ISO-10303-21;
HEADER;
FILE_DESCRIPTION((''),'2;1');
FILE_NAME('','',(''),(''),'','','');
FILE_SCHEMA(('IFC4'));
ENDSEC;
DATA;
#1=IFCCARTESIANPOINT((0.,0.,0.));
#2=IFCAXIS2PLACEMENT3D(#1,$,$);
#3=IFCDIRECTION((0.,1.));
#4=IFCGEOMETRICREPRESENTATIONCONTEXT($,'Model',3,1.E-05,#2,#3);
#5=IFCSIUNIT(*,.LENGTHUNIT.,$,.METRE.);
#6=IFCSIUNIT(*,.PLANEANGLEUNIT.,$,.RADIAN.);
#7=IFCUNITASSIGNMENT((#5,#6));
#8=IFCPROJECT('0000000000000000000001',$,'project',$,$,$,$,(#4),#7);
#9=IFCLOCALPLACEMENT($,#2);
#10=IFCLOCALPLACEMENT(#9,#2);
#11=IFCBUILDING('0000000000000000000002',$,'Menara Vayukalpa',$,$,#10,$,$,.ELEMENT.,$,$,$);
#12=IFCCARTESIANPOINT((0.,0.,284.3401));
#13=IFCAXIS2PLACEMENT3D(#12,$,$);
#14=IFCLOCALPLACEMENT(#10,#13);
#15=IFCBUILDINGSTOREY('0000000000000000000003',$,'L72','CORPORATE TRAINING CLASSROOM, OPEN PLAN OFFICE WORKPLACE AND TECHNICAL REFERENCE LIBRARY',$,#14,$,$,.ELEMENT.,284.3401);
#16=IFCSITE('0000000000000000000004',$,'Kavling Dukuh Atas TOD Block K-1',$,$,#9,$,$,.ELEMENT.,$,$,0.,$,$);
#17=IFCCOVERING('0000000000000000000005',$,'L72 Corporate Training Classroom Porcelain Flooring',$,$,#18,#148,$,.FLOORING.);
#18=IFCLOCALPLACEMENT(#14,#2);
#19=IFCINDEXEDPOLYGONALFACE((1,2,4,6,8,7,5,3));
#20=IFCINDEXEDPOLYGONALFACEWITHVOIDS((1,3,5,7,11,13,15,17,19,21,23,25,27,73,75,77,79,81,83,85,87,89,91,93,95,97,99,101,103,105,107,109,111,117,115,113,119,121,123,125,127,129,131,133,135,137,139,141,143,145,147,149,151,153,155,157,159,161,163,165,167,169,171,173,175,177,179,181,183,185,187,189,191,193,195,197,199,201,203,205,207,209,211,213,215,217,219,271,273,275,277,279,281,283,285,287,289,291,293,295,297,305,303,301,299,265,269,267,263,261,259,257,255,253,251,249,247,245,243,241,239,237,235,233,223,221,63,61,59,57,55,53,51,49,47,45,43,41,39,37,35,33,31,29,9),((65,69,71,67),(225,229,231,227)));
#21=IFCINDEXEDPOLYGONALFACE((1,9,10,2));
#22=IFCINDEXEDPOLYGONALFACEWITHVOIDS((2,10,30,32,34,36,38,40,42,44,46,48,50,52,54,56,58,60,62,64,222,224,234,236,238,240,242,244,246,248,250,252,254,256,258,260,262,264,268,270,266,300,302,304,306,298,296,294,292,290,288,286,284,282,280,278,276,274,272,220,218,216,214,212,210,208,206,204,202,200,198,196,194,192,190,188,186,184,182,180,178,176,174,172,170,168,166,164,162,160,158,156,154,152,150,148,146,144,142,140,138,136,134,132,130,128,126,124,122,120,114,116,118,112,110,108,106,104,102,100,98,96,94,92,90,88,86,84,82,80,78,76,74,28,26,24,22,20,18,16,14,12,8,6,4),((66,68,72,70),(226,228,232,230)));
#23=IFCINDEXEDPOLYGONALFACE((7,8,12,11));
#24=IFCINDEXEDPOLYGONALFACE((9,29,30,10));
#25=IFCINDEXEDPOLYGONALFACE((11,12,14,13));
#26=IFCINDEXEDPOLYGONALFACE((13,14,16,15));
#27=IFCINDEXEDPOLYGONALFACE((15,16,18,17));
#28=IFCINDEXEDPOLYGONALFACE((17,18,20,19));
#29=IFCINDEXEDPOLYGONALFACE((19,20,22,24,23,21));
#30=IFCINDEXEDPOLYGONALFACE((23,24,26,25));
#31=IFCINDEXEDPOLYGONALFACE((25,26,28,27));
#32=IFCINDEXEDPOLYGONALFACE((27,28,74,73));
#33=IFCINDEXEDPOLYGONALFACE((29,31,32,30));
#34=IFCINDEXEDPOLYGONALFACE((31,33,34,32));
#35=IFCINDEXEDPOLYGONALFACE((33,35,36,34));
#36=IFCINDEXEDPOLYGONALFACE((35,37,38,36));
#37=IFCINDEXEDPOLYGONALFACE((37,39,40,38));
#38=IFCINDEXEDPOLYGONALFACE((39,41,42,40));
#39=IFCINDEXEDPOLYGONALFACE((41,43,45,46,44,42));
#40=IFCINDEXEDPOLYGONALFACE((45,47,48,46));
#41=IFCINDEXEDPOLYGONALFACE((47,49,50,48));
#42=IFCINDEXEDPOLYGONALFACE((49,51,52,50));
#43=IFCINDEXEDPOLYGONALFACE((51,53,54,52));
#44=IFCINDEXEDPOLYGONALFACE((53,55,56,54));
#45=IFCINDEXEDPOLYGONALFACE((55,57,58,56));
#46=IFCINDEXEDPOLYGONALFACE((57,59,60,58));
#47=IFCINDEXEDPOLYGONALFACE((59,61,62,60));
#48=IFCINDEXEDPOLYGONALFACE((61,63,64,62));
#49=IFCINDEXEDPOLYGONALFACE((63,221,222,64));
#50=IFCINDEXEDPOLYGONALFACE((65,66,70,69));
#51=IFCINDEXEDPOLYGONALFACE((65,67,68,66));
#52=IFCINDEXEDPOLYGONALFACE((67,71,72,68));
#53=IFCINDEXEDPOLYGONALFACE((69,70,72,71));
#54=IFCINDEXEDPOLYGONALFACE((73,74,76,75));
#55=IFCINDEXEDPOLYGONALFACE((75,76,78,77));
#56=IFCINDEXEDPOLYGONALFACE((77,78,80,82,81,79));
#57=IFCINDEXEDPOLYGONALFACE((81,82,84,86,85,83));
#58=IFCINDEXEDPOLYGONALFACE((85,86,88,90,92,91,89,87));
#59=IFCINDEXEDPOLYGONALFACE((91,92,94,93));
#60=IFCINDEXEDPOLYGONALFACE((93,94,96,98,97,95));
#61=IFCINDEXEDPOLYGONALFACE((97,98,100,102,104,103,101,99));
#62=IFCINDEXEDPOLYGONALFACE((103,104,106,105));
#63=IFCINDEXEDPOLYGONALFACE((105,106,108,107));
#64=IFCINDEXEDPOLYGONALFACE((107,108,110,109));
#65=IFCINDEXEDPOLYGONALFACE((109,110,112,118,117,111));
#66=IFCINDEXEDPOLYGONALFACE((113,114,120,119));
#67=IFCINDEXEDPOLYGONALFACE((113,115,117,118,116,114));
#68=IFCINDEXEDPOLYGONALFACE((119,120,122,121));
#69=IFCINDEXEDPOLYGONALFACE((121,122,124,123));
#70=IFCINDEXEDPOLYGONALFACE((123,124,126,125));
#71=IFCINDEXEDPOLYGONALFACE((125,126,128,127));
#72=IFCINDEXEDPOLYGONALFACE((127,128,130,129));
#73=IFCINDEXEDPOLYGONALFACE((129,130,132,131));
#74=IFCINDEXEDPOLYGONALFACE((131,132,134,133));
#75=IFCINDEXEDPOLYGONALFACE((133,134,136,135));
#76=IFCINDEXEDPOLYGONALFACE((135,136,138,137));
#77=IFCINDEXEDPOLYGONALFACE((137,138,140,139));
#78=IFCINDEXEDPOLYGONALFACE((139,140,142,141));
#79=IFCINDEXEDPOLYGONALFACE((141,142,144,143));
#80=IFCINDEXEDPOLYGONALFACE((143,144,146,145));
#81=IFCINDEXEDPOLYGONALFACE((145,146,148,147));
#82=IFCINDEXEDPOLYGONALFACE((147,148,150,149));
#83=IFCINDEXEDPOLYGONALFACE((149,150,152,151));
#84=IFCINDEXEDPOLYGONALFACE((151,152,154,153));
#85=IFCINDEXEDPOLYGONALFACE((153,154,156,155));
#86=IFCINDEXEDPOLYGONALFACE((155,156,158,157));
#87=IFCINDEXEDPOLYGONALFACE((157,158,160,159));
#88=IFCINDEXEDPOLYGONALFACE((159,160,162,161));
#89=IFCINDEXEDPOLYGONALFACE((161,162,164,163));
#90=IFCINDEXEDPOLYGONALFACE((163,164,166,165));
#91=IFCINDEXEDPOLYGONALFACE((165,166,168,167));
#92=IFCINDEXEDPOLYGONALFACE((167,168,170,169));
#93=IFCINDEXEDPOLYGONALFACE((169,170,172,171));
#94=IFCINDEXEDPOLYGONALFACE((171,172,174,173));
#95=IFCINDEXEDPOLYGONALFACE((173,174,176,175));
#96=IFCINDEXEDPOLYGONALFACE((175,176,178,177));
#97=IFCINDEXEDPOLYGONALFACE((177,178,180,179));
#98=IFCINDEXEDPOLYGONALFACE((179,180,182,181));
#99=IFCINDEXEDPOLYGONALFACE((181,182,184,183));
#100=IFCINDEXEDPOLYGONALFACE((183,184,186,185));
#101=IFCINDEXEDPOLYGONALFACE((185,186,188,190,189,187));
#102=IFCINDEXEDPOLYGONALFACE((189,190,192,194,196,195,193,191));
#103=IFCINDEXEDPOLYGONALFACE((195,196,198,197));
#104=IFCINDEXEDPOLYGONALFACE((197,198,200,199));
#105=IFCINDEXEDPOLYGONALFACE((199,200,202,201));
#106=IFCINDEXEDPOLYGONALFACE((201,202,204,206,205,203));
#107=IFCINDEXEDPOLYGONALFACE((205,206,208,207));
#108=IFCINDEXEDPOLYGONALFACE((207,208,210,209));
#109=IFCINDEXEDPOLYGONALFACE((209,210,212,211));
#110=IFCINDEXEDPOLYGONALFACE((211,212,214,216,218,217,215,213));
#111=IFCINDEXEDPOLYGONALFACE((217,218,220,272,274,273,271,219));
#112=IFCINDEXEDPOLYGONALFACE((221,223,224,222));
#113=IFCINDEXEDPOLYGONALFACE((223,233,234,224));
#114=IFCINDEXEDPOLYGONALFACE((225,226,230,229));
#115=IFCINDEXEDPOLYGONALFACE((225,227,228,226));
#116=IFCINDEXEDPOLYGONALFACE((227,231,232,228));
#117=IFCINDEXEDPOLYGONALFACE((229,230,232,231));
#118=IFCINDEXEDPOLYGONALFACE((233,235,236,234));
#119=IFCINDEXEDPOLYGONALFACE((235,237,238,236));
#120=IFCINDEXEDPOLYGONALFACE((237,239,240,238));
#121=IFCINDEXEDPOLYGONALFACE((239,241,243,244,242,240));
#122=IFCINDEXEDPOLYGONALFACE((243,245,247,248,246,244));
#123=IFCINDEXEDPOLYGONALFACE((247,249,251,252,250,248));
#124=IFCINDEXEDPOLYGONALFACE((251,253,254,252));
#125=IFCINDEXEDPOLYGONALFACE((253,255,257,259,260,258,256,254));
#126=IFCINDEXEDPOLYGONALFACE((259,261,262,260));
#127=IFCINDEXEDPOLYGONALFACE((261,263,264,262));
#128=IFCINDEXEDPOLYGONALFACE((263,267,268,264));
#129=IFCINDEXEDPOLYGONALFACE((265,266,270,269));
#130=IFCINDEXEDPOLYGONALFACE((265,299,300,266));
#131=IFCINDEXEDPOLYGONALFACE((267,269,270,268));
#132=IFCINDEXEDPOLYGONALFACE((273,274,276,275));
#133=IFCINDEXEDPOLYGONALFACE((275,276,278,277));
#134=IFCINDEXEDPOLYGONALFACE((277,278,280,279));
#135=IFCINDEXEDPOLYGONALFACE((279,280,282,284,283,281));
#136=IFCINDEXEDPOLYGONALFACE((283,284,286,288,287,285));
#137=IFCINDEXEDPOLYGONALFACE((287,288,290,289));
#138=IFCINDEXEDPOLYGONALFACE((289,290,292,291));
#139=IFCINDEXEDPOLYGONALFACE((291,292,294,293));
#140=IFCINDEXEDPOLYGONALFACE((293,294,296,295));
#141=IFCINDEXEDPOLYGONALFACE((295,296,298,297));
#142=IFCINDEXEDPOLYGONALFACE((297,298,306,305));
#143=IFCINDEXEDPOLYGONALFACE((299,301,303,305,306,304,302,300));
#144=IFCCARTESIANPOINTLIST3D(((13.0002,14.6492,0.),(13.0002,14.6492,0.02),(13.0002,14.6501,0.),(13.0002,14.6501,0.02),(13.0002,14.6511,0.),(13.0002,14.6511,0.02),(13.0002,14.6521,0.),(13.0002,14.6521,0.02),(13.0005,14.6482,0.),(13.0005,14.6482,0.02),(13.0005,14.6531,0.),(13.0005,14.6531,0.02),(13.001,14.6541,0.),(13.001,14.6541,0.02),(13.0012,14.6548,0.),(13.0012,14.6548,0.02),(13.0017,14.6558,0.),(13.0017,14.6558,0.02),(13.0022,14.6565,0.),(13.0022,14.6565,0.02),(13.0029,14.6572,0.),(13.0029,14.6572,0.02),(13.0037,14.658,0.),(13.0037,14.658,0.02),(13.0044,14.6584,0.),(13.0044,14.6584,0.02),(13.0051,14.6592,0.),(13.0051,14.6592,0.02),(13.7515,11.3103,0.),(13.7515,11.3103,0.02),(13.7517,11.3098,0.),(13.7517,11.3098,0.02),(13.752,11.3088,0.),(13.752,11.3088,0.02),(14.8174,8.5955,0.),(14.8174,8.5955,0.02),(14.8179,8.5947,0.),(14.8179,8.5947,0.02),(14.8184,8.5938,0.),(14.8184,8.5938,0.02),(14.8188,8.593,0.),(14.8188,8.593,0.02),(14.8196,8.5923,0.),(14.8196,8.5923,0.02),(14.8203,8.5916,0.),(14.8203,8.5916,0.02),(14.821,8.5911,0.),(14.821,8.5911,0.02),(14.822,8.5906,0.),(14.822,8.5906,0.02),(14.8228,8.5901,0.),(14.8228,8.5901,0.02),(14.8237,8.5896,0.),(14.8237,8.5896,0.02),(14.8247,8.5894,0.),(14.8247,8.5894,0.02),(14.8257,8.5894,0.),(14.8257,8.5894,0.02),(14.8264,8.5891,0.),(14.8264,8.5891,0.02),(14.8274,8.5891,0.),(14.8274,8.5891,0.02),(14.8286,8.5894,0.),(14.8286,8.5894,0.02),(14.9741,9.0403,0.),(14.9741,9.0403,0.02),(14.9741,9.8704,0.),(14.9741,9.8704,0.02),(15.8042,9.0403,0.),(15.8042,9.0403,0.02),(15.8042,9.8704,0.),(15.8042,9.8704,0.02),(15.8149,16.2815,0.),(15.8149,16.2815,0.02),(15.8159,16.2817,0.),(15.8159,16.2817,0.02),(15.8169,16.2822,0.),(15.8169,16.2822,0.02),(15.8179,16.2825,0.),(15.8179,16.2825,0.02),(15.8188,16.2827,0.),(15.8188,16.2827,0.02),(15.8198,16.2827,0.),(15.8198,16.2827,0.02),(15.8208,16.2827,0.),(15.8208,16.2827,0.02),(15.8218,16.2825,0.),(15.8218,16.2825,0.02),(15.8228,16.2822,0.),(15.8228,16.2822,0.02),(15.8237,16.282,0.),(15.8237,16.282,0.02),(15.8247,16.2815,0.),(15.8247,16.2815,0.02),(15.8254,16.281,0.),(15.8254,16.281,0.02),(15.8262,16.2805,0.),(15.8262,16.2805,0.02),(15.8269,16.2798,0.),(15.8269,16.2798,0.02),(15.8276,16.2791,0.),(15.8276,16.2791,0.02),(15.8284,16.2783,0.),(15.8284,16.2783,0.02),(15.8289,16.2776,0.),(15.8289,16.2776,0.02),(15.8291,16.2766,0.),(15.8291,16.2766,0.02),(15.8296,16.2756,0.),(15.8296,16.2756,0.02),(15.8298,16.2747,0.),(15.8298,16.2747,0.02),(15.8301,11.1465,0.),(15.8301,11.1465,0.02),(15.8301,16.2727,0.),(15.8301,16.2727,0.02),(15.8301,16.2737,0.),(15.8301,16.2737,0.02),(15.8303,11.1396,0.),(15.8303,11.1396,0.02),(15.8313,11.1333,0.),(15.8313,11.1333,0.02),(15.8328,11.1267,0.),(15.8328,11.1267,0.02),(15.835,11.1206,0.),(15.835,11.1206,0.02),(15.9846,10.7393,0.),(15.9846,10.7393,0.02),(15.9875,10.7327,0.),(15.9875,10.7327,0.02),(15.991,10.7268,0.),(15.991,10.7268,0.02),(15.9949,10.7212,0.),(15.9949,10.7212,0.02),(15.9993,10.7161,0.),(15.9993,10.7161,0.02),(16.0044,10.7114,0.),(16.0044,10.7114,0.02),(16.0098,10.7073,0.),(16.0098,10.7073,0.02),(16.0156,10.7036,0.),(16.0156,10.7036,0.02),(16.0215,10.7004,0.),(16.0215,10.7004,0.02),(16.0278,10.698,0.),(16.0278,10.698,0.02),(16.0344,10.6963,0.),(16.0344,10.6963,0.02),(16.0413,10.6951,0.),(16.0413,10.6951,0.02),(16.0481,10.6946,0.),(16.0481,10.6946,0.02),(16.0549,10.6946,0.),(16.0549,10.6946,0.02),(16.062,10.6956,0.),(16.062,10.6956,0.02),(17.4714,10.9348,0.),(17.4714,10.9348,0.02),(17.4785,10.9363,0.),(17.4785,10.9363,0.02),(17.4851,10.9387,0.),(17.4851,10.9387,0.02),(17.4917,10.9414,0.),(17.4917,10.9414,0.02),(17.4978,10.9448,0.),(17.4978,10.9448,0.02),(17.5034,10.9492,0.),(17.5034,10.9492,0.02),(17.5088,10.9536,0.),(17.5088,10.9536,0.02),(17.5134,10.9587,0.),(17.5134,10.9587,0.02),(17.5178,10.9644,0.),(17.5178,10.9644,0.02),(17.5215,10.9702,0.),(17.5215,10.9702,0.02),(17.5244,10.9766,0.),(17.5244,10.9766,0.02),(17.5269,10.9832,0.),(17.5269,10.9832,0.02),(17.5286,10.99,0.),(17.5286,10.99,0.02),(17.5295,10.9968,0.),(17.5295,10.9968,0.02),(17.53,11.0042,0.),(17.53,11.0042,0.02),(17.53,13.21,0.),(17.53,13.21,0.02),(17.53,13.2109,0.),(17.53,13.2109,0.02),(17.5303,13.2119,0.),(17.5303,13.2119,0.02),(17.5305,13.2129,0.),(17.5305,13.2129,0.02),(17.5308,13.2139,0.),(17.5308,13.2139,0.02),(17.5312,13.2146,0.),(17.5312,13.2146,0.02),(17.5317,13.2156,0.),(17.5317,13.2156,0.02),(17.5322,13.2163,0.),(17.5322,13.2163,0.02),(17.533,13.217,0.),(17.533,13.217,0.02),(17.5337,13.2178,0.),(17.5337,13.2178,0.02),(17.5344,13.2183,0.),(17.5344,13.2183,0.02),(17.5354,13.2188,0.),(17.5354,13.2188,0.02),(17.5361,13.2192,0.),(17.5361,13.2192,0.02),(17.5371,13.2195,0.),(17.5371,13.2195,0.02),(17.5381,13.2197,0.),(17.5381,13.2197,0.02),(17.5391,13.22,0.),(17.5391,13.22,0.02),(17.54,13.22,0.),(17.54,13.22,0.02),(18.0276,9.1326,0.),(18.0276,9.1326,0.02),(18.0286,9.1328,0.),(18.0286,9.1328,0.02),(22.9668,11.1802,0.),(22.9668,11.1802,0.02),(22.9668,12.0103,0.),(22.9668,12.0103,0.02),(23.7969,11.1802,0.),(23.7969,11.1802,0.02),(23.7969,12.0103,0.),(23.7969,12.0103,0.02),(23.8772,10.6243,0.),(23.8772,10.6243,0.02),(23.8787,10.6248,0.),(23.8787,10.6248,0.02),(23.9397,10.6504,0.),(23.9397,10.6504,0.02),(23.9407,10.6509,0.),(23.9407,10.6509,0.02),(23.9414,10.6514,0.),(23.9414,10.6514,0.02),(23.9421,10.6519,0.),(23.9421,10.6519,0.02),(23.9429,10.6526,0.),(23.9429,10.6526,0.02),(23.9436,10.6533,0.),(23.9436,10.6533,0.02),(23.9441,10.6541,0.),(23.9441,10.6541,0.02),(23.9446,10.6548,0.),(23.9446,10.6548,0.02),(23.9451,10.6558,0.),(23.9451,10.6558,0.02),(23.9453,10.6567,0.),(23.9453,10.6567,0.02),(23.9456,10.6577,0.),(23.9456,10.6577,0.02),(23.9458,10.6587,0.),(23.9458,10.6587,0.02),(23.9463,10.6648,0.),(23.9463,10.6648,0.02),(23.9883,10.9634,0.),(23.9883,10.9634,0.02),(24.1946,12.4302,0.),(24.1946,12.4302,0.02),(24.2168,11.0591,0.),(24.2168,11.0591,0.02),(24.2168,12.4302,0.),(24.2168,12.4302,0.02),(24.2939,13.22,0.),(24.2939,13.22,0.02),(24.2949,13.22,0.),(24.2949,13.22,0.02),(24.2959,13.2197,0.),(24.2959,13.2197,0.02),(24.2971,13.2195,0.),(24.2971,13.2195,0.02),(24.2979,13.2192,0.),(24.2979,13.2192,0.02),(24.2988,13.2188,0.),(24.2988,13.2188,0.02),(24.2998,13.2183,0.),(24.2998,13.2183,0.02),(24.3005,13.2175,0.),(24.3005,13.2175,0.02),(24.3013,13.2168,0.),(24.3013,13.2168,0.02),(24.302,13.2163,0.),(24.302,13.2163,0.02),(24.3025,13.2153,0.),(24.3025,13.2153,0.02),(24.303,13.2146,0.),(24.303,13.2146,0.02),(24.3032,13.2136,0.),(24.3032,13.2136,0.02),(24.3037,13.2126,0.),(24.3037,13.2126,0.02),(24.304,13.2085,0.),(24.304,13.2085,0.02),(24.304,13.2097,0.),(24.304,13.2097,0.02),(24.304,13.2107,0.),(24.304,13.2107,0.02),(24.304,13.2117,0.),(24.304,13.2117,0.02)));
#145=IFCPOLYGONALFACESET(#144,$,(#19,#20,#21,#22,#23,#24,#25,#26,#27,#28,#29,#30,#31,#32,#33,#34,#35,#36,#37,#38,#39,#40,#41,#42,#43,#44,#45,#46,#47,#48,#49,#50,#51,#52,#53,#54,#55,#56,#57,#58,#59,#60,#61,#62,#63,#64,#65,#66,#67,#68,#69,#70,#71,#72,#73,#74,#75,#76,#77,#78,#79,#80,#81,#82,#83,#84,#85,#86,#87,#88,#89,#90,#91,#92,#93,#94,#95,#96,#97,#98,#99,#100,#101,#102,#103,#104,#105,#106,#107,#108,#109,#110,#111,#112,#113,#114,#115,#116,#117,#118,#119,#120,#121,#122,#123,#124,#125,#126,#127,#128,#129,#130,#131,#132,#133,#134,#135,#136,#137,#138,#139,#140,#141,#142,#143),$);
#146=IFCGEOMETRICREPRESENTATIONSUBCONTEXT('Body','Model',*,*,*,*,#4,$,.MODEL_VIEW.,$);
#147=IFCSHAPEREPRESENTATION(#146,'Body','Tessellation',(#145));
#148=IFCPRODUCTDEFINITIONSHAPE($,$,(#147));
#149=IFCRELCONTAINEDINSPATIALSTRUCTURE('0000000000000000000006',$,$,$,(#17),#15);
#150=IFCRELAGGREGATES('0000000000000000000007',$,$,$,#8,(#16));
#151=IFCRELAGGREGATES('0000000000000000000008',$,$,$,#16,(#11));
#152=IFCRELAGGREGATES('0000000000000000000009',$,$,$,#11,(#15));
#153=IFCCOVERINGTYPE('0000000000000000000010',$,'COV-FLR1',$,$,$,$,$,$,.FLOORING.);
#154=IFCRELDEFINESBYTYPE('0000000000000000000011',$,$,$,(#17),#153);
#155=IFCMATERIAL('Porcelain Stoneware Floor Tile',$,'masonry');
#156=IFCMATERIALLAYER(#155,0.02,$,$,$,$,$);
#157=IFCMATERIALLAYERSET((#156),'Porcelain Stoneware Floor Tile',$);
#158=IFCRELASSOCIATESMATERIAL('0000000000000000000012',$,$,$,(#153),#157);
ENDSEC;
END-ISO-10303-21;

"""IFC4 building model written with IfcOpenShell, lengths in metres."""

from ifc_helpers import new_model, si_unit, direction, frame, origin, place, context, subcontext, project, spatial, polyline, outline, extrude, material, layer, layer_set, type_object, element, save


model = new_model("IFC4")

# Units and contexts
model_context = context("Model", 3, precision=1e-05, world=origin(), true_north=direction((0.0, 1.0)))
body_context = subcontext(model_context, "Body", "Model", "MODEL_VIEW")
ifc_project = project(units=[si_unit("LENGTHUNIT", "METRE"), si_unit("PLANEANGLEUNIT", "RADIAN")], contexts=[model_context])

# Site, building, storey
site_placement = place(None, origin())
site = spatial("IfcSite", under=ifc_project, at=site_placement, Name="Kavling Dukuh Atas TOD Block K-1", CompositionType="ELEMENT", RefElevation=0.0)
building_placement = place(site_placement, origin())
building = spatial("IfcBuilding", under=site, at=building_placement, Name="Menara Vayukalpa", CompositionType="ELEMENT")
storey_placement = place(building_placement, frame((0.0, 0.0, 284.3401)))
storey = spatial("IfcBuildingStorey", under=building, at=storey_placement, Name="L72", Description="CORPORATE TRAINING CLASSROOM, OPEN PLAN OFFICE WORKPLACE AND TECHNICAL REFERENCE LIBRARY", CompositionType="ELEMENT", Elevation=284.3401)

# Covering
ifc_material_1 = material(Name="Porcelain Stoneware Floor Tile", Category="masonry")
ifc_layer_1 = layer(ifc_material_1, 0.02)
ifc_layer_set_1 = layer_set([ifc_layer_1], Name="Porcelain Stoneware Floor Tile")
covering_type_1 = type_object("IfcCoveringType", Name="COV-FLR1", PredefinedType="FLOORING", material=ifc_layer_set_1)
covering_1_placement = place(storey_placement, origin())
element("IfcCovering", 1, at=covering_1_placement, inside=storey, type_object=covering_type_1, Name="L72 Corporate Training Classroom Porcelain Flooring", PredefinedType="FLOORING", context=body_context, shape_type="SweptSolid", body=[
    extrude(outline(polyline([(23.9883, 10.9634), (23.9463, 10.6648), (23.9458, 10.6587), (23.9456, 10.6577), (23.9453, 10.6567), (23.9451, 10.6558), (23.9446, 10.6548), (23.9441, 10.6541), (23.9436, 10.6533), (23.9429, 10.6526), (23.9421, 10.6519), (23.9414, 10.6514), (23.9407, 10.6509), (23.9397, 10.6504), (23.8787, 10.6248), (23.8772, 10.6243), (18.0286, 9.1328), (18.0276, 9.1326), (14.8286, 8.5894), (14.8274, 8.5891), (14.8264, 8.5891), (14.8257, 8.5894), (14.8247, 8.5894), (14.8237, 8.5896), (14.8228, 8.5901), (14.822, 8.5906), (14.821, 8.5911), (14.8203, 8.5916), (14.8196, 8.5923), (14.8188, 8.593), (14.8184, 8.5938), (14.8179, 8.5947), (14.8174, 8.5955), (13.752, 11.3088), (13.7517, 11.3098), (13.7515, 11.3103), (13.0005, 14.6482), (13.0002, 14.6492), (13.0002, 14.6501), (13.0002, 14.6511), (13.0002, 14.6521), (13.0005, 14.6531), (13.001, 14.6541), (13.0012, 14.6548), (13.0017, 14.6558), (13.0022, 14.6565), (13.0029, 14.6572), (13.0037, 14.658), (13.0044, 14.6584), (13.0051, 14.6592), (15.8149, 16.2815), (15.8159, 16.2817), (15.8169, 16.2822), (15.8179, 16.2825), (15.8188, 16.2827), (15.8198, 16.2827), (15.8208, 16.2827), (15.8218, 16.2825), (15.8228, 16.2822), (15.8237, 16.282), (15.8247, 16.2815), (15.8254, 16.281), (15.8262, 16.2805), (15.8269, 16.2798), (15.8276, 16.2791), (15.8284, 16.2783), (15.8289, 16.2776), (15.8291, 16.2766), (15.8296, 16.2756), (15.8298, 16.2747), (15.8301, 16.2737), (15.8301, 16.2727), (15.8301, 11.1465), (15.8303, 11.1396), (15.8313, 11.1333), (15.8328, 11.1267), (15.835, 11.1206), (15.9846, 10.7393), (15.9875, 10.7327), (15.991, 10.7268), (15.9949, 10.7212), (15.9993, 10.7161), (16.0044, 10.7114), (16.0098, 10.7073), (16.0156, 10.7036), (16.0215, 10.7004), (16.0278, 10.698), (16.0344, 10.6963), (16.0413, 10.6951), (16.0481, 10.6946), (16.0549, 10.6946), (16.062, 10.6956), (17.4714, 10.9348), (17.4785, 10.9363), (17.4851, 10.9387), (17.4917, 10.9414), (17.4978, 10.9448), (17.5034, 10.9492), (17.5088, 10.9536), (17.5134, 10.9587), (17.5178, 10.9644), (17.5215, 10.9702), (17.5244, 10.9766), (17.5269, 10.9832), (17.5286, 10.99), (17.5295, 10.9968), (17.53, 11.0042), (17.53, 13.21), (17.53, 13.2109), (17.5303, 13.2119), (17.5305, 13.2129), (17.5308, 13.2139), (17.5312, 13.2146), (17.5317, 13.2156), (17.5322, 13.2163), (17.533, 13.217), (17.5337, 13.2178), (17.5344, 13.2183), (17.5354, 13.2188), (17.5361, 13.2192), (17.5371, 13.2195), (17.5381, 13.2197), (17.5391, 13.22), (17.54, 13.22), (24.2939, 13.22), (24.2949, 13.22), (24.2959, 13.2197), (24.2971, 13.2195), (24.2979, 13.2192), (24.2988, 13.2188), (24.2998, 13.2183), (24.3005, 13.2175), (24.3013, 13.2168), (24.302, 13.2163), (24.3025, 13.2153), (24.303, 13.2146), (24.3032, 13.2136), (24.3037, 13.2126), (24.304, 13.2117), (24.304, 13.2107), (24.304, 13.2097), (24.304, 13.2085), (24.1946, 12.4302), (24.2168, 12.4302), (24.2168, 11.0591), (23.9883, 10.9634)]), holes=[polyline([(14.9741, 9.8704), (14.9741, 9.0403), (15.8042, 9.0403), (15.8042, 9.8704), (14.9741, 9.8704)]), polyline([(23.7969, 12.0103), (22.9668, 12.0103), (22.9668, 11.1802), (23.7969, 11.1802), (23.7969, 12.0103)])]), origin(), (0.0, 0.0, 1.0), 0.02),
])

save(model, "model.ifc")
